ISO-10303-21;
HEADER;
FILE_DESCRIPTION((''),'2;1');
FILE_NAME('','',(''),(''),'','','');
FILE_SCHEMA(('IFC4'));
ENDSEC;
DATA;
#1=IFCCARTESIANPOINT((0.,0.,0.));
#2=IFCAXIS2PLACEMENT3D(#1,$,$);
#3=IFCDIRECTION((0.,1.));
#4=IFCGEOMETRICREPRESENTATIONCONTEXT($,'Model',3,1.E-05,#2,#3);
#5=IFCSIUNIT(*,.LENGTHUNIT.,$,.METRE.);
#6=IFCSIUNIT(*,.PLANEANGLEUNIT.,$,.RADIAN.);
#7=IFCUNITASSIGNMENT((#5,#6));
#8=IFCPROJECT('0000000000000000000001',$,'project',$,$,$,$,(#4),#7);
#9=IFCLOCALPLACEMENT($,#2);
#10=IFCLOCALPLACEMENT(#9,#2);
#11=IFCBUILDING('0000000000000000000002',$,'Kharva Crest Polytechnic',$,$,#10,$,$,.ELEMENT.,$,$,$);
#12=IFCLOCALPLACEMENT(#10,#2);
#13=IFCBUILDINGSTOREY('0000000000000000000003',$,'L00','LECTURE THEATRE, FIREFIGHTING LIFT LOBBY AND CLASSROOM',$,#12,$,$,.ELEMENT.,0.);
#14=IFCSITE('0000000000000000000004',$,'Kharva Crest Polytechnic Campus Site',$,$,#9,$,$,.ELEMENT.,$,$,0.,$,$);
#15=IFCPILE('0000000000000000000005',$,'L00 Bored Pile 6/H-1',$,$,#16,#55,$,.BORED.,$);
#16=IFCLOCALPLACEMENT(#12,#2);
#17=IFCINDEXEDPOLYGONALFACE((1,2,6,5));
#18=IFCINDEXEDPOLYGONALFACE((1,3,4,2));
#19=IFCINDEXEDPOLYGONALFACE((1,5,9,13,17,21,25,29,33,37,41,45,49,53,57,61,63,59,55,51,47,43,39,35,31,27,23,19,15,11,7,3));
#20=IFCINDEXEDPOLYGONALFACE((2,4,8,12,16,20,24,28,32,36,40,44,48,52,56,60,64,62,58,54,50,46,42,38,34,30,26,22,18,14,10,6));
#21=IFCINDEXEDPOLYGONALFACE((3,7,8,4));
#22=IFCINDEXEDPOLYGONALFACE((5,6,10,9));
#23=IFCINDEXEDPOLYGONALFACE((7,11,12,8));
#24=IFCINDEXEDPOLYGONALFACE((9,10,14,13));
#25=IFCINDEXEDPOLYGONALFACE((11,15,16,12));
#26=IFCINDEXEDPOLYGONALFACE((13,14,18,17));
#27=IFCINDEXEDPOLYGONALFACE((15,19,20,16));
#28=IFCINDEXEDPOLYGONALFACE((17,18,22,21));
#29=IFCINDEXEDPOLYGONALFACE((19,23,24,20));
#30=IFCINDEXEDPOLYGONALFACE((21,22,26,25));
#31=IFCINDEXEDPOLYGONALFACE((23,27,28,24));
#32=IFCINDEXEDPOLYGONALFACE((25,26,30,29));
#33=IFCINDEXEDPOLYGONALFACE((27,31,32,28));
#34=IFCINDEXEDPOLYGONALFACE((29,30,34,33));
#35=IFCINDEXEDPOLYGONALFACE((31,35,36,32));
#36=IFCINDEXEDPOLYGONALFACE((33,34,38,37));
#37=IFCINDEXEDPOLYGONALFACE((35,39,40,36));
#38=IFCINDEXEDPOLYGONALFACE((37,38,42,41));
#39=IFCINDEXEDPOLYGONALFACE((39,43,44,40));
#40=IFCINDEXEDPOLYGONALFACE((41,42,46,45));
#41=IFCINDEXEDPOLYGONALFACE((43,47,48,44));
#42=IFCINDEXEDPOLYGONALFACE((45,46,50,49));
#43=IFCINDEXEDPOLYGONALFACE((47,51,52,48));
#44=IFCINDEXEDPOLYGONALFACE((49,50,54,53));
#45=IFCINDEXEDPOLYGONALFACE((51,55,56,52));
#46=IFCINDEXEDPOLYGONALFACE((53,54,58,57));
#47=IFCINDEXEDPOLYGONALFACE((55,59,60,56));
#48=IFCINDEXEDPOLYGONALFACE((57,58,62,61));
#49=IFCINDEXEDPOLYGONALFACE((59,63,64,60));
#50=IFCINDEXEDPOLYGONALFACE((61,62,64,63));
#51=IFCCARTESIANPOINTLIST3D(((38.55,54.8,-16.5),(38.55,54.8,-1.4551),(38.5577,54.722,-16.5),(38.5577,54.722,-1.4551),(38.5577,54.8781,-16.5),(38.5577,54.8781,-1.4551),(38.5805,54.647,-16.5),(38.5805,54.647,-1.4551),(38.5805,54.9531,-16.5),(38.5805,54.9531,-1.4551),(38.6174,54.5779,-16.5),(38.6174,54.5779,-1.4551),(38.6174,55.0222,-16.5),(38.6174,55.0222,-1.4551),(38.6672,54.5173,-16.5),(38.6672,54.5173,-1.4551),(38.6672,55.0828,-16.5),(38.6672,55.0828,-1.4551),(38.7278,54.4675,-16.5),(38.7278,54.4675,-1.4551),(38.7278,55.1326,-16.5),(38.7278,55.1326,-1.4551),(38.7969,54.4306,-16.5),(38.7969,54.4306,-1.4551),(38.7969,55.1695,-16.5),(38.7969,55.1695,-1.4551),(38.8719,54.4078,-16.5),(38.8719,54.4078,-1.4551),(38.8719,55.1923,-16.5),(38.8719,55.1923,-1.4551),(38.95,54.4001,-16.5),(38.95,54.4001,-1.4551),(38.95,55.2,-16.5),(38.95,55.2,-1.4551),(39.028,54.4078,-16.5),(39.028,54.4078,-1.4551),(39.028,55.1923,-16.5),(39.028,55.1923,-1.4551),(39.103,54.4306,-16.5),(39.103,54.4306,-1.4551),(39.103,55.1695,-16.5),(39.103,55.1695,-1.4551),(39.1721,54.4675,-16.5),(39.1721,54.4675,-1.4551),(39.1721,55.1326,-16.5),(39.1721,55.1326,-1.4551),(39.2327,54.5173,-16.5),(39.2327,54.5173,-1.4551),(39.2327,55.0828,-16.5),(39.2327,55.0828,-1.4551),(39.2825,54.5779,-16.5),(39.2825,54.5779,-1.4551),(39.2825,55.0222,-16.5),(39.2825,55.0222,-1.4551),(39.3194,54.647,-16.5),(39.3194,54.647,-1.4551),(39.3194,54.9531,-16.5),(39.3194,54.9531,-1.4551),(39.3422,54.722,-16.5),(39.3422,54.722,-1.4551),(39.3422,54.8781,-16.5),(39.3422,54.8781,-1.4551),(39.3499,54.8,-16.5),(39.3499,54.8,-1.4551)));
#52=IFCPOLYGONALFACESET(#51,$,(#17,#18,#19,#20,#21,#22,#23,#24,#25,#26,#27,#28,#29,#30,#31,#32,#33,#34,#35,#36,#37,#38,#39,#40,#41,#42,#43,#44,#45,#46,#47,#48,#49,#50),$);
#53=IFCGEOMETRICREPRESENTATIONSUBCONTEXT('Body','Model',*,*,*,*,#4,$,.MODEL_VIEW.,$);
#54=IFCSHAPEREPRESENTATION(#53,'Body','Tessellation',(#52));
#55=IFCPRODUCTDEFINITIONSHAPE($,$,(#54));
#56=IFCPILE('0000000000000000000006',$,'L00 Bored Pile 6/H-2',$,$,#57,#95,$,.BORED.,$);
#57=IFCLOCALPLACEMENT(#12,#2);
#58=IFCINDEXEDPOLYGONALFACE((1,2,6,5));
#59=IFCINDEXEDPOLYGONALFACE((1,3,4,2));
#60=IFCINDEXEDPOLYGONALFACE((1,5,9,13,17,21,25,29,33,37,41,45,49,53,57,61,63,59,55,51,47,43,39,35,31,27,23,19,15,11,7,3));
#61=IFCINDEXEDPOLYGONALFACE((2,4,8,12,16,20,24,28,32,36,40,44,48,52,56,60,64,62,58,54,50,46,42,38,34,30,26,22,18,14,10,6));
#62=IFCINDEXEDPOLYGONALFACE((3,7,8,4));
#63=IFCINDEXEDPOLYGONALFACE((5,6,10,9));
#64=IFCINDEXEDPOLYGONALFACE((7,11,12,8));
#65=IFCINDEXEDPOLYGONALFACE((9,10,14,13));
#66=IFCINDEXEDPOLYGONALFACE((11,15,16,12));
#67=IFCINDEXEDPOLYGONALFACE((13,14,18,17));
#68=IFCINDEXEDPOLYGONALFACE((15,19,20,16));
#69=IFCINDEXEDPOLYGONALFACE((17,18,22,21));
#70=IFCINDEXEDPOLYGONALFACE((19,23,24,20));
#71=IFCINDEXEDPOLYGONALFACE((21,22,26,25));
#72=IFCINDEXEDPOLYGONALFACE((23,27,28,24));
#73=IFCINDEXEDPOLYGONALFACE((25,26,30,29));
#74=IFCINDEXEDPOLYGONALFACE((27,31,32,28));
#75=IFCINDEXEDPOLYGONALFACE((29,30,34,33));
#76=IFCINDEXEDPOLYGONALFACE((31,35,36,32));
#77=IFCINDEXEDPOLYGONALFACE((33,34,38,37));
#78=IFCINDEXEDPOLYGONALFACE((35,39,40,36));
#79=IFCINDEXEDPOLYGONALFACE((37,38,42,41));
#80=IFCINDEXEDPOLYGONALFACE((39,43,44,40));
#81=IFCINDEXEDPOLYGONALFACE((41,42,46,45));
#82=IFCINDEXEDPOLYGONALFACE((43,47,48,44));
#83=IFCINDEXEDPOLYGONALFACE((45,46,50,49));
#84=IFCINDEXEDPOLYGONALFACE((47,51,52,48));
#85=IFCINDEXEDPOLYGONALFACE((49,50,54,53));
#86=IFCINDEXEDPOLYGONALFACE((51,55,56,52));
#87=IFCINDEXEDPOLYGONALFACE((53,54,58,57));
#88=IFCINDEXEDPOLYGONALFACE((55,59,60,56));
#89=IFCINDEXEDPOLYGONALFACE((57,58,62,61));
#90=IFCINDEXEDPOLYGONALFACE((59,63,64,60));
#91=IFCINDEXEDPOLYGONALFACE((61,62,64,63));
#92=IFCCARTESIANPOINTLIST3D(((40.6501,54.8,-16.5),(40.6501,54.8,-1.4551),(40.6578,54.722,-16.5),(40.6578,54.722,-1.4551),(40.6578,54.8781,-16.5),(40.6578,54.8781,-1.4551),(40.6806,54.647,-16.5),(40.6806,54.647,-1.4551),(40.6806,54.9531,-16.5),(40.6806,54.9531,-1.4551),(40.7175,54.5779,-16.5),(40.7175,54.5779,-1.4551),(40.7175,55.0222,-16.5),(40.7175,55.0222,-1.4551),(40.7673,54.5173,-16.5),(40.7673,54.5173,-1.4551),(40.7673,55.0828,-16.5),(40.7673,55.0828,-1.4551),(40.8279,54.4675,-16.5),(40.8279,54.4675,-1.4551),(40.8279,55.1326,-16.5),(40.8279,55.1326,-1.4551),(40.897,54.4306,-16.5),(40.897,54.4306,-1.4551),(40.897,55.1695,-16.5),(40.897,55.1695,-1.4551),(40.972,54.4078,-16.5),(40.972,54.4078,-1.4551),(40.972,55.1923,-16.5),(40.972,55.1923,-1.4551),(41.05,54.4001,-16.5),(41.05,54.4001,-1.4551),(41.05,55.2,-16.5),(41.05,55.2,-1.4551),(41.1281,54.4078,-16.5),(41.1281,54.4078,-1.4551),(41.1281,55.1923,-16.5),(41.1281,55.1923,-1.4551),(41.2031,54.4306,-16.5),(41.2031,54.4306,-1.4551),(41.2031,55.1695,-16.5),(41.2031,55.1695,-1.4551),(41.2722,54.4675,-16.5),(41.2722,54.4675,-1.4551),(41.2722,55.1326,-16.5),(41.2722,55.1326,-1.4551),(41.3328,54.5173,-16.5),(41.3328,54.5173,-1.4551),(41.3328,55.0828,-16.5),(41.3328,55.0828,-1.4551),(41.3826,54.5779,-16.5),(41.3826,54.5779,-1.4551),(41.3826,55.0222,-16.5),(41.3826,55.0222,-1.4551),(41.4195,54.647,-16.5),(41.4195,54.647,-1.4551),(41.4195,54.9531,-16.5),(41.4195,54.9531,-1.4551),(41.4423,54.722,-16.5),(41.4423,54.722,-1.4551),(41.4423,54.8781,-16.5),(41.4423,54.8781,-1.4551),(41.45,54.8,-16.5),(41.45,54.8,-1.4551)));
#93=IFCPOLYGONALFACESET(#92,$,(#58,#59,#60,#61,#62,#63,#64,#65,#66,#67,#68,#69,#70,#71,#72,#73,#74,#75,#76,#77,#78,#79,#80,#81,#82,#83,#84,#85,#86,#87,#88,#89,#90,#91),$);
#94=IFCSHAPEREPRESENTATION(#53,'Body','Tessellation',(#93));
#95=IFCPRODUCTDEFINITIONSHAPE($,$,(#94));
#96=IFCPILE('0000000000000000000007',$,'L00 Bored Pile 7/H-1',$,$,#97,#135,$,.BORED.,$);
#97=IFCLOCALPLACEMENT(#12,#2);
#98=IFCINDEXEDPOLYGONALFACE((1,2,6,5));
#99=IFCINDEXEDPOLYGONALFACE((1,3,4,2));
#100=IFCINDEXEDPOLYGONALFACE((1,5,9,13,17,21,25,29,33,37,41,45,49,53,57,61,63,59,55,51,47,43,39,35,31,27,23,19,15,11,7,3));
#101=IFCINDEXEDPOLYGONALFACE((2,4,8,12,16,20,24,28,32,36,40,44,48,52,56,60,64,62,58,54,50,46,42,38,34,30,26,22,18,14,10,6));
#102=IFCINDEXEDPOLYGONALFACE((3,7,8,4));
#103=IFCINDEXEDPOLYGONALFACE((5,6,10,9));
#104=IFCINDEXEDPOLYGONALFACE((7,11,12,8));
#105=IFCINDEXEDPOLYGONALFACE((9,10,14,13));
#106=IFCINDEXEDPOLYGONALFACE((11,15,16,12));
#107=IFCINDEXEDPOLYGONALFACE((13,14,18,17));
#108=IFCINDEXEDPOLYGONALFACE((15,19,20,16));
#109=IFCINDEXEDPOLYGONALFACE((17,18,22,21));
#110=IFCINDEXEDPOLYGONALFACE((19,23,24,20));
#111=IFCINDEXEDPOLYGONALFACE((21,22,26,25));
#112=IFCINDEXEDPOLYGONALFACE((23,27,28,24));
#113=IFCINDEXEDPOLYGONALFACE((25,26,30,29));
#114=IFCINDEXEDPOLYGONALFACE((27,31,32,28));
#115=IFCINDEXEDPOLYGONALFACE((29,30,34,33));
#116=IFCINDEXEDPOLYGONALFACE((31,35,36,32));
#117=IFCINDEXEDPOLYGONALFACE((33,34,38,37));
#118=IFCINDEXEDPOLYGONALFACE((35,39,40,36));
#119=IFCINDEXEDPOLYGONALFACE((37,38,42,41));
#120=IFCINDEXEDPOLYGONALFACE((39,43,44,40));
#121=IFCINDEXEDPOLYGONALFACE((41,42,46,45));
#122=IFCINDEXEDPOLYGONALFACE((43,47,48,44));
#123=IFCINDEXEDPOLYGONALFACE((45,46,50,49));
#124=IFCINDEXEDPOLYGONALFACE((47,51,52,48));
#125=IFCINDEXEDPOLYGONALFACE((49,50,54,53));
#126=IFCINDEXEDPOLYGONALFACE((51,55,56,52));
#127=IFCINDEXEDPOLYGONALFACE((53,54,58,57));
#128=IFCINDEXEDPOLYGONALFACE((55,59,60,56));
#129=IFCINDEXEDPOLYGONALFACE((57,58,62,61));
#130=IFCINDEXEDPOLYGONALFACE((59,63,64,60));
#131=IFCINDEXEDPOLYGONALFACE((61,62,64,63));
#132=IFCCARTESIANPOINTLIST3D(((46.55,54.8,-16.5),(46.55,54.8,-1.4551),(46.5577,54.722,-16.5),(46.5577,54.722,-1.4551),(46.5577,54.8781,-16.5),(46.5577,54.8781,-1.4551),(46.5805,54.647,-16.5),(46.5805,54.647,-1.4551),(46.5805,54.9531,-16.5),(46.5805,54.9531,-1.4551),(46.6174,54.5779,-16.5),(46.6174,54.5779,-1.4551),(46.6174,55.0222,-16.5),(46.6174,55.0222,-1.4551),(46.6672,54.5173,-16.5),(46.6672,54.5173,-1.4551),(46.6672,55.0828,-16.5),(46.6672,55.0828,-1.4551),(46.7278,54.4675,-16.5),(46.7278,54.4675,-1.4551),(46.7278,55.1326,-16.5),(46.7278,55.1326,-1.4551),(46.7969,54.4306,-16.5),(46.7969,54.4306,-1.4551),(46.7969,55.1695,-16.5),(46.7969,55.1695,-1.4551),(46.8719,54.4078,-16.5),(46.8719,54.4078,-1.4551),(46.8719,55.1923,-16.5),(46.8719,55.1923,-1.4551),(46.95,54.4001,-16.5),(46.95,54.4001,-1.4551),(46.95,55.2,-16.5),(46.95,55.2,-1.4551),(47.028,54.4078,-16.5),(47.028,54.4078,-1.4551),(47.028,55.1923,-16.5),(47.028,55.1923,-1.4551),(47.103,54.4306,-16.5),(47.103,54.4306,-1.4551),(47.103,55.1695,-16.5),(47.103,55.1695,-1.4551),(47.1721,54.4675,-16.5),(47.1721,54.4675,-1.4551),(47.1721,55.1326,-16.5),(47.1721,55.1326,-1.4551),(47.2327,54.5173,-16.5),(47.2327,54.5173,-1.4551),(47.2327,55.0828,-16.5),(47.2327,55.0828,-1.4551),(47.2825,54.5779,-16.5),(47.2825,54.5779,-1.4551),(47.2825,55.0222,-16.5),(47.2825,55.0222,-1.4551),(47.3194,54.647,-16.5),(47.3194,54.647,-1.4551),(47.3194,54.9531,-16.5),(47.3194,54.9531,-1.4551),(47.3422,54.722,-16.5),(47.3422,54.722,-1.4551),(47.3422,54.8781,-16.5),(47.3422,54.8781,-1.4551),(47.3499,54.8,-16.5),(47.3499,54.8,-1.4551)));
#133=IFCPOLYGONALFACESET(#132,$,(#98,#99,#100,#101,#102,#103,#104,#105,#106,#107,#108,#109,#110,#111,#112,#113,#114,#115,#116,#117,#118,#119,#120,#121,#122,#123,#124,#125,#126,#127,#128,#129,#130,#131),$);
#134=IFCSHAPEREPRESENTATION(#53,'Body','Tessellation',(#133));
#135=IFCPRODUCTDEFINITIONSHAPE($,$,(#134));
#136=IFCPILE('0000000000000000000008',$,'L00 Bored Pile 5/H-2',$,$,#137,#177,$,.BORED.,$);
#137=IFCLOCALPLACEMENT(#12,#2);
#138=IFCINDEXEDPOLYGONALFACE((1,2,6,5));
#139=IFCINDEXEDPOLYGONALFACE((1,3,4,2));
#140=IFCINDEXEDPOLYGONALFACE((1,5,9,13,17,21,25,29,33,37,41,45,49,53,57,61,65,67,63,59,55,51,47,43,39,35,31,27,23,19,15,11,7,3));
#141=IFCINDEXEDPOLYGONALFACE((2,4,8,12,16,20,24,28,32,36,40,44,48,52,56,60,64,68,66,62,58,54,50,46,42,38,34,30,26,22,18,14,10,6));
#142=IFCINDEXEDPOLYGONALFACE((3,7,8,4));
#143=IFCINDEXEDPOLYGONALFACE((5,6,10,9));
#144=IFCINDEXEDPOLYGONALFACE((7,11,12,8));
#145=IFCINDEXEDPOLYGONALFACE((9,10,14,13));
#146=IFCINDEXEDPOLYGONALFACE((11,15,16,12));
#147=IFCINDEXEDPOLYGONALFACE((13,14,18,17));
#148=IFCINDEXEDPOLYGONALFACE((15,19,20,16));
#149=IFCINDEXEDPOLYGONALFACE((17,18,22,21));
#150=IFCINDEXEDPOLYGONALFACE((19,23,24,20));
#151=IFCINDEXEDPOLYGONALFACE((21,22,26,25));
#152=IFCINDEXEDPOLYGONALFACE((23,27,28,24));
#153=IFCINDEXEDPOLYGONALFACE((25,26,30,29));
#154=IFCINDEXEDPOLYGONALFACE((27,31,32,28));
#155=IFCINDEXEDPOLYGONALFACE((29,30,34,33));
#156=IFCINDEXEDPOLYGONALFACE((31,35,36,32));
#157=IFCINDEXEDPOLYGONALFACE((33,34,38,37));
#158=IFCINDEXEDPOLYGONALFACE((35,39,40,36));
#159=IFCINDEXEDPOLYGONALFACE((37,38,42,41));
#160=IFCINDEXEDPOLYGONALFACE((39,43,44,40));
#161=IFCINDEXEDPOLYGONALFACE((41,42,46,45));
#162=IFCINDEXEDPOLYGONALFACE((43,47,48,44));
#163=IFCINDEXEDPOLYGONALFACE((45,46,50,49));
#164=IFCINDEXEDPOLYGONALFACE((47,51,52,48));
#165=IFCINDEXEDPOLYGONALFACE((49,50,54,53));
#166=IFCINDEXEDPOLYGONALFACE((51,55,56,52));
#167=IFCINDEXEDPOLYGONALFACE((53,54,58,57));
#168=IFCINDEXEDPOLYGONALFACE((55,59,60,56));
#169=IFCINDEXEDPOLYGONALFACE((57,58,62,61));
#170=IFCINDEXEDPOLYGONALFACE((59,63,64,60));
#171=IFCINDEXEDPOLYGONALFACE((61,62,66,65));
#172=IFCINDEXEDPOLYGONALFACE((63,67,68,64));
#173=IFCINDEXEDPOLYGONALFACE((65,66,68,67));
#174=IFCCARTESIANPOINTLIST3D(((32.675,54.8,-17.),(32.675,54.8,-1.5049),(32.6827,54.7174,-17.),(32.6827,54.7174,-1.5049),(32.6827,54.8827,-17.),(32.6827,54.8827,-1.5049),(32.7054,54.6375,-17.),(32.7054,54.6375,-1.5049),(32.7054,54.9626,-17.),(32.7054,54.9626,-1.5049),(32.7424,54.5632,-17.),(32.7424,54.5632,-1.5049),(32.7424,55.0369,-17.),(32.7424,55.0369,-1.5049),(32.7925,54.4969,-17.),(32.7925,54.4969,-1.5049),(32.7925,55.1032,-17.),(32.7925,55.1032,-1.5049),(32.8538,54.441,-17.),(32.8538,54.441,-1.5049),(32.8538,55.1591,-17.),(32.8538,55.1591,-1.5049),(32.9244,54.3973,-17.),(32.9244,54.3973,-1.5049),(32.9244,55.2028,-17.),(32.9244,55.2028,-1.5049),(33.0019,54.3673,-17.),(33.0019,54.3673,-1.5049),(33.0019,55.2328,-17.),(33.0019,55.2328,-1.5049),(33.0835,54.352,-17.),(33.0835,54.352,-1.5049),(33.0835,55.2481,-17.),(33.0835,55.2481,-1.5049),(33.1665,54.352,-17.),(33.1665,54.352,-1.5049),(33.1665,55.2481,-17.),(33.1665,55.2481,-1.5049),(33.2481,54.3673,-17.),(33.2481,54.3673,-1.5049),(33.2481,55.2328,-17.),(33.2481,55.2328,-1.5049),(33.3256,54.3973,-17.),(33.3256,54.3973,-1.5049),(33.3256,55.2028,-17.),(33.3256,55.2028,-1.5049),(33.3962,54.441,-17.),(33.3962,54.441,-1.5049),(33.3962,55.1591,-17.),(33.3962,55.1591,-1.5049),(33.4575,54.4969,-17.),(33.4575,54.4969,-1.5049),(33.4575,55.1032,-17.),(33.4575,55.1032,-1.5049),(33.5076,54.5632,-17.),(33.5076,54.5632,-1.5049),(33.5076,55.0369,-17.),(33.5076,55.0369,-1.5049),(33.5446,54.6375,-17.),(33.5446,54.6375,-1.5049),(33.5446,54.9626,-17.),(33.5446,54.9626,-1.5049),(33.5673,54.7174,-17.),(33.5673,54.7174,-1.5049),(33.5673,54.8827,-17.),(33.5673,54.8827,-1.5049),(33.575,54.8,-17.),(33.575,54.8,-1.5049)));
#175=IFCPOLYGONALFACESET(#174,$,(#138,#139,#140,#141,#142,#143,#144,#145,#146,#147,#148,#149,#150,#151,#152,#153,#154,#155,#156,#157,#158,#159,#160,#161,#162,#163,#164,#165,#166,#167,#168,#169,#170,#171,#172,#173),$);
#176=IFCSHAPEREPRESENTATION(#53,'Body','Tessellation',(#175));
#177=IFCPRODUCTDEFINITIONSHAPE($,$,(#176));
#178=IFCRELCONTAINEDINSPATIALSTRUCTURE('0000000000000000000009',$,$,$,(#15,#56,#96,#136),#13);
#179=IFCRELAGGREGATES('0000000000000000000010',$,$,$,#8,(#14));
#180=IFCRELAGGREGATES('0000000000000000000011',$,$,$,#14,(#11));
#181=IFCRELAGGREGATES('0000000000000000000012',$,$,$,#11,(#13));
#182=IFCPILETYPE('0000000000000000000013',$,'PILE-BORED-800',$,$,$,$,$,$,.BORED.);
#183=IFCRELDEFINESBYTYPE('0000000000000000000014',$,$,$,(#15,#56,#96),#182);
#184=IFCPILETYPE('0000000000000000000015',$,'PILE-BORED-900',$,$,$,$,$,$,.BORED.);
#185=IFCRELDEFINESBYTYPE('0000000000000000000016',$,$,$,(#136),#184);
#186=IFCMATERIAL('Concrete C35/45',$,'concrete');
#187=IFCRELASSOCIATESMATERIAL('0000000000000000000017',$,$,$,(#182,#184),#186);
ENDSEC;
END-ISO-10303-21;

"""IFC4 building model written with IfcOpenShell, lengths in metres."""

from ifc_helpers import new_model, si_unit, direction, frame, origin, origin_2d, place, context, subcontext, project, spatial, circle, extrude, material, material_profile, profile_set, type_object, element, save


model = new_model("IFC4")

# Units and contexts
model_context = context("Model", 3, precision=1e-05, world=origin(), true_north=direction((0.0, 1.0)))
body_context = subcontext(model_context, "Body", "Model", "MODEL_VIEW")
ifc_project = project(units=[si_unit("LENGTHUNIT", "METRE"), si_unit("PLANEANGLEUNIT", "RADIAN")], contexts=[model_context])

# Site, building, storey
site_placement = place(None, origin())
site = spatial("IfcSite", under=ifc_project, at=site_placement, Name="Kharva Crest Polytechnic Campus Site", CompositionType="ELEMENT", RefElevation=0.0)
building_placement = place(site_placement, origin())
building = spatial("IfcBuilding", under=site, at=building_placement, Name="Kharva Crest Polytechnic", CompositionType="ELEMENT")
storey_placement = place(building_placement, origin())
storey = spatial("IfcBuildingStorey", under=building, at=storey_placement, Name="L00", Description="LECTURE THEATRE, FIREFIGHTING LIFT LOBBY AND CLASSROOM", CompositionType="ELEMENT", Elevation=0.0)

# Shared definitions
ifc_material_1 = material(Name="Concrete C35/45", Category="concrete")

# Piles
ifc_material_profile_1 = material_profile(ifc_material_1, circle(Radius=0.3999, at=origin_2d()), Name="DIA 800")
ifc_profile_set_1 = profile_set([ifc_material_profile_1], Name="Concrete C35/45")
pile_type_1 = type_object("IfcPileType", Name="PILE-BORED-800", PredefinedType="BORED", material=ifc_profile_set_1)
for number, where, z_axis, x_axis, name in (
    (1, (38.95, 54.8, -1.4551), (0.0, 0.0, -1.0), (1.0, 0.0, 0.0), "L00 Bored Pile 6/H-1"),
    (2, (41.05, 54.8, -1.4551), (0.0, 0.0, -1.0), (1.0, 0.0, 0.0), "L00 Bored Pile 6/H-2"),
    (3, (46.95, 54.8, -1.4551), (0.0, 0.0, -1.0), (1.0, 0.0, 0.0), "L00 Bored Pile 7/H-1"),
):
    element("IfcPile", number, at=place(storey_placement, frame(where, z_axis=z_axis, x_axis=x_axis)), inside=storey, type_object=pile_type_1, Name=name, PredefinedType="BORED", context=body_context, shape_type="SweptSolid", body=[
        extrude(circle(Radius=0.3999, at=origin_2d()), origin(), (0.0, 0.0, 1.0), 15.0449),
    ])
ifc_material_profile_2 = material_profile(ifc_material_1, circle(Radius=0.45, at=origin_2d()), Name="DIA 900")
ifc_profile_set_2 = profile_set([ifc_material_profile_2], Name="Concrete C35/45")
pile_type_2 = type_object("IfcPileType", Name="PILE-BORED-900", PredefinedType="BORED", material=ifc_profile_set_2)
for number, where, z_axis, x_axis, name in (
    (4, (33.125, 54.8, -1.5049), (0.0, 0.0, -1.0), (1.0, 0.0, 0.0), "L00 Bored Pile 5/H-2"),
):
    element("IfcPile", number, at=place(storey_placement, frame(where, z_axis=z_axis, x_axis=x_axis)), inside=storey, type_object=pile_type_2, Name=name, PredefinedType="BORED", context=body_context, shape_type="SweptSolid", body=[
        extrude(circle(Radius=0.45, at=origin_2d()), origin(), (0.0, 0.0, 1.0), 15.4951),
    ])

save(model, "model.ifc")
